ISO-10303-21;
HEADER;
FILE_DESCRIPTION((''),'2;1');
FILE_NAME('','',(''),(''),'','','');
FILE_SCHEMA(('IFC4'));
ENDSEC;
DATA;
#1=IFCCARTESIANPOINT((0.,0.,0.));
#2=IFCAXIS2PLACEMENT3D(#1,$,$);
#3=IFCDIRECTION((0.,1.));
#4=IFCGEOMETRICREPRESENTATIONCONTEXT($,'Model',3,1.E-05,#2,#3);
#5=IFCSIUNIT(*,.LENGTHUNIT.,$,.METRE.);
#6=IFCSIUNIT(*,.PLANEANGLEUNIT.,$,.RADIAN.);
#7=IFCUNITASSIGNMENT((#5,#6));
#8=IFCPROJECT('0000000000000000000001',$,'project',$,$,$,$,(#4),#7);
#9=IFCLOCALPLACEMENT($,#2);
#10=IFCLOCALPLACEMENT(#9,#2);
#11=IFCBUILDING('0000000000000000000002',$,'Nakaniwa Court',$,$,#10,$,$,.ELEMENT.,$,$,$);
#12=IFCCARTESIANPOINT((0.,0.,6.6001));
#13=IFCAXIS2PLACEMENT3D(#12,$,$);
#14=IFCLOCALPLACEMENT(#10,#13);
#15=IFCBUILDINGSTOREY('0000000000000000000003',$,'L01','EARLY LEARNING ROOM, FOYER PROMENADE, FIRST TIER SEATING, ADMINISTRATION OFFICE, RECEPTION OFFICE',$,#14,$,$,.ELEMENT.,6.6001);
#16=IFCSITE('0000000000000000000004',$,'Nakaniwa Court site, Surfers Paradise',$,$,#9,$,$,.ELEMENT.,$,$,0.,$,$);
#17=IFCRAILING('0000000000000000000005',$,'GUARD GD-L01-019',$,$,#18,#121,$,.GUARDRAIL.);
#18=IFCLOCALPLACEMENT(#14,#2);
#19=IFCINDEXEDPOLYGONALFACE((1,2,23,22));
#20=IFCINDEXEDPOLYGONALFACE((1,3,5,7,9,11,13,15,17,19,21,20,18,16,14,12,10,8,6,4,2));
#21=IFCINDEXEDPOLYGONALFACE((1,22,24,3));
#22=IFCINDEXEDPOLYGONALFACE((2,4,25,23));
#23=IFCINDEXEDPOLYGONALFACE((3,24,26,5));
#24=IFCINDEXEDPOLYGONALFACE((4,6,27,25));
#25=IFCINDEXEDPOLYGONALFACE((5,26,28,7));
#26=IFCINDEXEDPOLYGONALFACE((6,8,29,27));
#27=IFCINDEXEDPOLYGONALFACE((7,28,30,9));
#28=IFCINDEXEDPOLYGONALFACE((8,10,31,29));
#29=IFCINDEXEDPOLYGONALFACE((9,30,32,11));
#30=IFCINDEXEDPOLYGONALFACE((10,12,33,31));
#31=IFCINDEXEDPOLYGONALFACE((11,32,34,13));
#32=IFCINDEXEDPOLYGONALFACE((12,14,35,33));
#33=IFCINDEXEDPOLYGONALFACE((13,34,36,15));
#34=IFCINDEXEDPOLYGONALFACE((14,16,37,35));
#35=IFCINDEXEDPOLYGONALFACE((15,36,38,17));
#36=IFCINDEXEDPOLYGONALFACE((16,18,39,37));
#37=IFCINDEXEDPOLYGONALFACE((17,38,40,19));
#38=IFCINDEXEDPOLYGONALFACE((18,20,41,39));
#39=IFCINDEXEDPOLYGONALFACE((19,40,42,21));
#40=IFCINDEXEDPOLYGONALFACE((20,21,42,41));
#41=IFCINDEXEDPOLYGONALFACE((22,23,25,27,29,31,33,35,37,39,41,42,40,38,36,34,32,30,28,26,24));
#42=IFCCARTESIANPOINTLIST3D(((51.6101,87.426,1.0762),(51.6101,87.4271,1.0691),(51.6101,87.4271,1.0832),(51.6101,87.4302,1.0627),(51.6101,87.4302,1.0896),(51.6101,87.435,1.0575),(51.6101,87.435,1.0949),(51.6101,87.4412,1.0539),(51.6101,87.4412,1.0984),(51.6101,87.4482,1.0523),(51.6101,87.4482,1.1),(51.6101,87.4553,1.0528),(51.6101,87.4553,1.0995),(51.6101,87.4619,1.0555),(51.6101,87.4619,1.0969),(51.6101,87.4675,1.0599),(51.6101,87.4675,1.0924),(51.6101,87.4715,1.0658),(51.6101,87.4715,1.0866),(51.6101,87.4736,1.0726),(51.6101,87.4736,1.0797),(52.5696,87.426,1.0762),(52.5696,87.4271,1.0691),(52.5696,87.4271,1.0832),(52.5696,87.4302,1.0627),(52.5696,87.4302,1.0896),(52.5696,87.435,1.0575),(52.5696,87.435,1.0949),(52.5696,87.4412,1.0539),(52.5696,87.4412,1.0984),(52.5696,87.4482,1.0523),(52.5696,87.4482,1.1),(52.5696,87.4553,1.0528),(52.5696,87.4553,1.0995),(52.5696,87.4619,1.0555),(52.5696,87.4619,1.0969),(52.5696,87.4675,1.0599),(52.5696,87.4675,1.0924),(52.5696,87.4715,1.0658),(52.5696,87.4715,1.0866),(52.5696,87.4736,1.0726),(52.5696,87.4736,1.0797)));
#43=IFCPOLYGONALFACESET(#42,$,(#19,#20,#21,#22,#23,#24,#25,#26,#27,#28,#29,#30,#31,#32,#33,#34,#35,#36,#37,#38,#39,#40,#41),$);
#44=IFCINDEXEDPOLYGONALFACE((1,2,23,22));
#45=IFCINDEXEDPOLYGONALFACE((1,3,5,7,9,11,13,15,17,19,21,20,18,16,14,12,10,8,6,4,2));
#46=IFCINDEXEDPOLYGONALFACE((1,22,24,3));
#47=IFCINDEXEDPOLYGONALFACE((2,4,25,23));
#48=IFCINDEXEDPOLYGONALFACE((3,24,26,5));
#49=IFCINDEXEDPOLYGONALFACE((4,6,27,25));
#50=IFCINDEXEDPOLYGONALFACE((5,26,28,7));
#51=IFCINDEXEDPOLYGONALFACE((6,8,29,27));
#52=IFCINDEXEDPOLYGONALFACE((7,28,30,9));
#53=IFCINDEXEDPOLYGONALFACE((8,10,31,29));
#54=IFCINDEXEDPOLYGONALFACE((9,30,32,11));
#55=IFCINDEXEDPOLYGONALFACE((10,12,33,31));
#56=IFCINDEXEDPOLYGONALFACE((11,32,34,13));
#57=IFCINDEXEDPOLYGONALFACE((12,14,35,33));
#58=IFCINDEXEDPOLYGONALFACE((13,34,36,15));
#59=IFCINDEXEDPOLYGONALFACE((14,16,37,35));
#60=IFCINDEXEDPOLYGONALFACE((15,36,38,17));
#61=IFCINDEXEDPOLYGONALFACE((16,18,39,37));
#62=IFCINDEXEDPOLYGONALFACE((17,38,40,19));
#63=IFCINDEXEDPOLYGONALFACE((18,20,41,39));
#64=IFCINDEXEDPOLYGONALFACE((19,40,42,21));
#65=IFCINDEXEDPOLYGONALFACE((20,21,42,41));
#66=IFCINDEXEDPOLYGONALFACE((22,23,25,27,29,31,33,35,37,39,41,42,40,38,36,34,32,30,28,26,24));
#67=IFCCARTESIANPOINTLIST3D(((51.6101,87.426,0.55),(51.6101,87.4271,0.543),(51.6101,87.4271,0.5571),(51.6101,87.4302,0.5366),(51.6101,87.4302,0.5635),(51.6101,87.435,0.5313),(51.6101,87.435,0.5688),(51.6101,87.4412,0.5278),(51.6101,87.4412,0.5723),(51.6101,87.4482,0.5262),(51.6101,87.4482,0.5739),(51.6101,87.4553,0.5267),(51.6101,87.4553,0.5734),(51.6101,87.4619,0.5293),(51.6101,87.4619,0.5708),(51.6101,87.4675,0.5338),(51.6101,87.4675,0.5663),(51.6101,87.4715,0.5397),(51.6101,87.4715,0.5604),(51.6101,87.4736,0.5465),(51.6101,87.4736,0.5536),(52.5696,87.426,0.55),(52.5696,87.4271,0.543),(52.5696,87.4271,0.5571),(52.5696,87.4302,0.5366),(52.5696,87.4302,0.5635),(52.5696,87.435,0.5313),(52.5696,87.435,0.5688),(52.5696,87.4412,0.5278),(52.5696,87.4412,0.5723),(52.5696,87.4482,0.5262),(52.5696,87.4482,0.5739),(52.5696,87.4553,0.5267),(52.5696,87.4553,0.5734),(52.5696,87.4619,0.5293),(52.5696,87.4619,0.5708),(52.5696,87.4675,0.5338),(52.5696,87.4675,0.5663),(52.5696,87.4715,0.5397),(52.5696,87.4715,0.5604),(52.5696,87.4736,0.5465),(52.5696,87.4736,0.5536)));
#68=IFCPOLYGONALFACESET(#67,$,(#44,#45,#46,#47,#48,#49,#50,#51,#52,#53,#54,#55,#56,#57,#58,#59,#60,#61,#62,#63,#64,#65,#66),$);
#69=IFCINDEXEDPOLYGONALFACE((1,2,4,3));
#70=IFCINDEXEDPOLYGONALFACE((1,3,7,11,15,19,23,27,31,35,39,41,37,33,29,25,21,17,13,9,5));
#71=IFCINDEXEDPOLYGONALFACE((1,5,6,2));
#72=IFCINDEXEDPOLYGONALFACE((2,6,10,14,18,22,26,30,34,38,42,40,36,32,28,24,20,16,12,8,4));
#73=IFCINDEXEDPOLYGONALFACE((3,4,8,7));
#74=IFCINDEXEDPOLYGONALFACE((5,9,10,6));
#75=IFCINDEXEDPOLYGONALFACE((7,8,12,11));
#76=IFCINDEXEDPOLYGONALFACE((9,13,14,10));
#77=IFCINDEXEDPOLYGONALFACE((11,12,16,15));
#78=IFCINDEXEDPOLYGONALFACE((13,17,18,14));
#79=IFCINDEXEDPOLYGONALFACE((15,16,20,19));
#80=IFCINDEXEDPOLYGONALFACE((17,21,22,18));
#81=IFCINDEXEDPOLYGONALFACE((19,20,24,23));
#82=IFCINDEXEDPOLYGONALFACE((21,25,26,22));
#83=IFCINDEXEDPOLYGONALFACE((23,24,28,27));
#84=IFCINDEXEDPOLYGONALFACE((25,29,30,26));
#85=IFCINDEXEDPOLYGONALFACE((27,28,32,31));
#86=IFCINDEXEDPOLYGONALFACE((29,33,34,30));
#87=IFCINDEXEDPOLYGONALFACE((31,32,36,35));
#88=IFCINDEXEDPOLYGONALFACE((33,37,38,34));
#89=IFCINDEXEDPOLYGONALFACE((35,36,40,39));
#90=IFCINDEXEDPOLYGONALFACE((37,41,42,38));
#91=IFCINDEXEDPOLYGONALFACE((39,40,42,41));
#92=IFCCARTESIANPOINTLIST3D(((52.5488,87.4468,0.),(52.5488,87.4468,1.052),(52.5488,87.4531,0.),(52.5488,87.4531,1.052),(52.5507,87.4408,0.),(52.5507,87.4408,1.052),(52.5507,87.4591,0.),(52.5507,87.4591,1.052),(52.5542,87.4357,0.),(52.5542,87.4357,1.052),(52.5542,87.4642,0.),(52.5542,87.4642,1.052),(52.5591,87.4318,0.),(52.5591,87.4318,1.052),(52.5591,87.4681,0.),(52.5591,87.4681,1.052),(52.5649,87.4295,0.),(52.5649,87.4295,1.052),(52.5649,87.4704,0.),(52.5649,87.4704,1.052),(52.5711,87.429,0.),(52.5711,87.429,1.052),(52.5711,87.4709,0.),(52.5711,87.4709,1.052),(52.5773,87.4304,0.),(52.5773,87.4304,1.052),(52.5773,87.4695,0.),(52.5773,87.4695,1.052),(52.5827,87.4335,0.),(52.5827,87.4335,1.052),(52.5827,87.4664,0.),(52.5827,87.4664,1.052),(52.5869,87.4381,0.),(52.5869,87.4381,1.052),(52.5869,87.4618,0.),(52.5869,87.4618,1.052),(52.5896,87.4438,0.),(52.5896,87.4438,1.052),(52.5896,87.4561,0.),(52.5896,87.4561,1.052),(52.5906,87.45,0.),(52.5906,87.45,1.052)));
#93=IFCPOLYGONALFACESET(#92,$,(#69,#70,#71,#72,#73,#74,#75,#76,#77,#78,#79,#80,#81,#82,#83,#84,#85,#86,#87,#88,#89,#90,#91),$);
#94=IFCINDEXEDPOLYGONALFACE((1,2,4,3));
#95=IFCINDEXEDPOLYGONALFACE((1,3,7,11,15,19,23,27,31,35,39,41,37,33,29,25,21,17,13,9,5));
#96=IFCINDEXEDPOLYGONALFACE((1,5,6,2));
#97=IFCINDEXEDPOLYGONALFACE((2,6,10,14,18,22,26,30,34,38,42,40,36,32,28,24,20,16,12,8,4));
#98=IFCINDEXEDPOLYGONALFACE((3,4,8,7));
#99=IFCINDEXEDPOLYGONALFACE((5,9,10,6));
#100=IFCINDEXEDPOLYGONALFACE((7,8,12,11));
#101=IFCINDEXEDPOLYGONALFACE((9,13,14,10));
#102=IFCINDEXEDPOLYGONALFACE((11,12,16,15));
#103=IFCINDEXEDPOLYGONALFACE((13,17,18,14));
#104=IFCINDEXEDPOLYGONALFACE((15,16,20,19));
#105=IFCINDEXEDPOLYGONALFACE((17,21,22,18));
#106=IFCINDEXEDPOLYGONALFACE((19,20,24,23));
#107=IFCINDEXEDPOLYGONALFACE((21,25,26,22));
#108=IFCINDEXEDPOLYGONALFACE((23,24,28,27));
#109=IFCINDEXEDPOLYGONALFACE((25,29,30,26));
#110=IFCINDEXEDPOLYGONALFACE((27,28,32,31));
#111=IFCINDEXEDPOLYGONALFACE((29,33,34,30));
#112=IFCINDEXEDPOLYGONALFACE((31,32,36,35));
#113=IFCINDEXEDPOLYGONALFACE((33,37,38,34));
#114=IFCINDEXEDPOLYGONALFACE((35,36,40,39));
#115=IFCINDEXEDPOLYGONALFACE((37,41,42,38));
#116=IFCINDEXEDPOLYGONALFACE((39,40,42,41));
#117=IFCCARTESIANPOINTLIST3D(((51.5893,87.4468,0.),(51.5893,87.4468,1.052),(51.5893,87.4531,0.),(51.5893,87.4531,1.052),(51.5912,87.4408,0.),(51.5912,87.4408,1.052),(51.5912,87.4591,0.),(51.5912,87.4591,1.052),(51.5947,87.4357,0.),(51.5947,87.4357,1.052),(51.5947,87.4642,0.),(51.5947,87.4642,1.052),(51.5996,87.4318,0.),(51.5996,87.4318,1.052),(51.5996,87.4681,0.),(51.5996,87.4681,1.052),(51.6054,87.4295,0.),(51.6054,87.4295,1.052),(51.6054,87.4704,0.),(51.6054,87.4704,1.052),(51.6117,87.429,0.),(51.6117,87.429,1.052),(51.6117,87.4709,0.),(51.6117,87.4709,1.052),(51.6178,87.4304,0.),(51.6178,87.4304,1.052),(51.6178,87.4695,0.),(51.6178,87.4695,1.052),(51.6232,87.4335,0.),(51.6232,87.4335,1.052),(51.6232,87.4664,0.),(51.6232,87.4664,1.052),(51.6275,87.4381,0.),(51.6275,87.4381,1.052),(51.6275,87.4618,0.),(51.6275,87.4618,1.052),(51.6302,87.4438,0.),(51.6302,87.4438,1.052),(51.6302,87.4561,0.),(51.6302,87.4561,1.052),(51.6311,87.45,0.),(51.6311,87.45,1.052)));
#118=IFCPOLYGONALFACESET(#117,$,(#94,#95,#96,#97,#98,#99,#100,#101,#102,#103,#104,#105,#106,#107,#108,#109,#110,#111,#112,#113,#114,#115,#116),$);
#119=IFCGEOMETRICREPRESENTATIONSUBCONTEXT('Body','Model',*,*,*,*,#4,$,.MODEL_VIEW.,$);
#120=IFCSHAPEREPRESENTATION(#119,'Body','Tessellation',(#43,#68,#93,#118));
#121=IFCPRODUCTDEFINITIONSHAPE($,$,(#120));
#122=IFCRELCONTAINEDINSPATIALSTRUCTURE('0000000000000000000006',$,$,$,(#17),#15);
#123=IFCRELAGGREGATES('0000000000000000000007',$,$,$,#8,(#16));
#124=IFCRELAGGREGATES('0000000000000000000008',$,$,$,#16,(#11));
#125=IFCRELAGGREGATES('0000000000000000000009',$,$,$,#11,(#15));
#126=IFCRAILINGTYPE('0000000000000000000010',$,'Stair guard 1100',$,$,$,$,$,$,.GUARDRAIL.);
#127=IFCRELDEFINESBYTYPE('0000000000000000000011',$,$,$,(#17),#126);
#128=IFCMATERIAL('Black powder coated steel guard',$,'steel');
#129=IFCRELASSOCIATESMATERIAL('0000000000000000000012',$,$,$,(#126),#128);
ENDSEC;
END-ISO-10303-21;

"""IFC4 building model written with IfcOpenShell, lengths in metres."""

from ifc_helpers import new_model, si_unit, direction, frame, origin, origin_2d, place, context, subcontext, project, spatial, circle, extrude, material, type_object, element, save


model = new_model("IFC4")

# Units and contexts
model_context = context("Model", 3, precision=1e-05, world=origin(), true_north=direction((0.0, 1.0)))
body_context = subcontext(model_context, "Body", "Model", "MODEL_VIEW")
ifc_project = project(units=[si_unit("LENGTHUNIT", "METRE"), si_unit("PLANEANGLEUNIT", "RADIAN")], contexts=[model_context])

# Site, building, storey
site_placement = place(None, origin())
site = spatial("IfcSite", under=ifc_project, at=site_placement, Name="Nakaniwa Court site, Surfers Paradise", CompositionType="ELEMENT", RefElevation=0.0)
building_placement = place(site_placement, origin())
building = spatial("IfcBuilding", under=site, at=building_placement, Name="Nakaniwa Court", CompositionType="ELEMENT")
storey_placement = place(building_placement, frame((0.0, 0.0, 6.6001)))
storey = spatial("IfcBuildingStorey", under=building, at=storey_placement, Name="L01", Description="EARLY LEARNING ROOM, FOYER PROMENADE, FIRST TIER SEATING, ADMINISTRATION OFFICE, RECEPTION OFFICE", CompositionType="ELEMENT", Elevation=6.6001)

# Railing
ifc_material_1 = material(Name="Black powder coated steel guard", Category="steel")
railing_type = type_object("IfcRailingType", Name="Stair guard 1100", PredefinedType="GUARDRAIL", material=ifc_material_1)
railing_1_placement = place(storey_placement, frame((52.5696, 87.45, 0.0)))
element("IfcRailing", 1, at=railing_1_placement, inside=storey, type_object=railing_type, Name="GUARD GD-L01-019", PredefinedType="GUARDRAIL", context=body_context, shape_type="SweptSolid", body=[
    extrude(circle(Radius=0.0239, at=origin_2d()), frame((0.0, 0.0, 1.0762), z_axis=(-1.0, 0.0, 0.0), x_axis=(0.0, -1.0, 0.0)), (0.0, 0.0, 1.0), 0.9595),
    extrude(circle(Radius=0.0239, at=origin_2d()), frame((0.0, 0.0, 0.55), z_axis=(-1.0, 0.0, 0.0), x_axis=(0.0, -1.0, 0.0)), (0.0, 0.0, 1.0), 0.9595),
    extrude(circle(Radius=0.021, at=origin_2d()), origin(), (0.0, 0.0, 1.0), 1.052),
    extrude(circle(Radius=0.021, at=origin_2d()), frame((-0.9595, 0.0, 0.0)), (0.0, 0.0, 1.0), 1.052),
])

save(model, "model.ifc")
